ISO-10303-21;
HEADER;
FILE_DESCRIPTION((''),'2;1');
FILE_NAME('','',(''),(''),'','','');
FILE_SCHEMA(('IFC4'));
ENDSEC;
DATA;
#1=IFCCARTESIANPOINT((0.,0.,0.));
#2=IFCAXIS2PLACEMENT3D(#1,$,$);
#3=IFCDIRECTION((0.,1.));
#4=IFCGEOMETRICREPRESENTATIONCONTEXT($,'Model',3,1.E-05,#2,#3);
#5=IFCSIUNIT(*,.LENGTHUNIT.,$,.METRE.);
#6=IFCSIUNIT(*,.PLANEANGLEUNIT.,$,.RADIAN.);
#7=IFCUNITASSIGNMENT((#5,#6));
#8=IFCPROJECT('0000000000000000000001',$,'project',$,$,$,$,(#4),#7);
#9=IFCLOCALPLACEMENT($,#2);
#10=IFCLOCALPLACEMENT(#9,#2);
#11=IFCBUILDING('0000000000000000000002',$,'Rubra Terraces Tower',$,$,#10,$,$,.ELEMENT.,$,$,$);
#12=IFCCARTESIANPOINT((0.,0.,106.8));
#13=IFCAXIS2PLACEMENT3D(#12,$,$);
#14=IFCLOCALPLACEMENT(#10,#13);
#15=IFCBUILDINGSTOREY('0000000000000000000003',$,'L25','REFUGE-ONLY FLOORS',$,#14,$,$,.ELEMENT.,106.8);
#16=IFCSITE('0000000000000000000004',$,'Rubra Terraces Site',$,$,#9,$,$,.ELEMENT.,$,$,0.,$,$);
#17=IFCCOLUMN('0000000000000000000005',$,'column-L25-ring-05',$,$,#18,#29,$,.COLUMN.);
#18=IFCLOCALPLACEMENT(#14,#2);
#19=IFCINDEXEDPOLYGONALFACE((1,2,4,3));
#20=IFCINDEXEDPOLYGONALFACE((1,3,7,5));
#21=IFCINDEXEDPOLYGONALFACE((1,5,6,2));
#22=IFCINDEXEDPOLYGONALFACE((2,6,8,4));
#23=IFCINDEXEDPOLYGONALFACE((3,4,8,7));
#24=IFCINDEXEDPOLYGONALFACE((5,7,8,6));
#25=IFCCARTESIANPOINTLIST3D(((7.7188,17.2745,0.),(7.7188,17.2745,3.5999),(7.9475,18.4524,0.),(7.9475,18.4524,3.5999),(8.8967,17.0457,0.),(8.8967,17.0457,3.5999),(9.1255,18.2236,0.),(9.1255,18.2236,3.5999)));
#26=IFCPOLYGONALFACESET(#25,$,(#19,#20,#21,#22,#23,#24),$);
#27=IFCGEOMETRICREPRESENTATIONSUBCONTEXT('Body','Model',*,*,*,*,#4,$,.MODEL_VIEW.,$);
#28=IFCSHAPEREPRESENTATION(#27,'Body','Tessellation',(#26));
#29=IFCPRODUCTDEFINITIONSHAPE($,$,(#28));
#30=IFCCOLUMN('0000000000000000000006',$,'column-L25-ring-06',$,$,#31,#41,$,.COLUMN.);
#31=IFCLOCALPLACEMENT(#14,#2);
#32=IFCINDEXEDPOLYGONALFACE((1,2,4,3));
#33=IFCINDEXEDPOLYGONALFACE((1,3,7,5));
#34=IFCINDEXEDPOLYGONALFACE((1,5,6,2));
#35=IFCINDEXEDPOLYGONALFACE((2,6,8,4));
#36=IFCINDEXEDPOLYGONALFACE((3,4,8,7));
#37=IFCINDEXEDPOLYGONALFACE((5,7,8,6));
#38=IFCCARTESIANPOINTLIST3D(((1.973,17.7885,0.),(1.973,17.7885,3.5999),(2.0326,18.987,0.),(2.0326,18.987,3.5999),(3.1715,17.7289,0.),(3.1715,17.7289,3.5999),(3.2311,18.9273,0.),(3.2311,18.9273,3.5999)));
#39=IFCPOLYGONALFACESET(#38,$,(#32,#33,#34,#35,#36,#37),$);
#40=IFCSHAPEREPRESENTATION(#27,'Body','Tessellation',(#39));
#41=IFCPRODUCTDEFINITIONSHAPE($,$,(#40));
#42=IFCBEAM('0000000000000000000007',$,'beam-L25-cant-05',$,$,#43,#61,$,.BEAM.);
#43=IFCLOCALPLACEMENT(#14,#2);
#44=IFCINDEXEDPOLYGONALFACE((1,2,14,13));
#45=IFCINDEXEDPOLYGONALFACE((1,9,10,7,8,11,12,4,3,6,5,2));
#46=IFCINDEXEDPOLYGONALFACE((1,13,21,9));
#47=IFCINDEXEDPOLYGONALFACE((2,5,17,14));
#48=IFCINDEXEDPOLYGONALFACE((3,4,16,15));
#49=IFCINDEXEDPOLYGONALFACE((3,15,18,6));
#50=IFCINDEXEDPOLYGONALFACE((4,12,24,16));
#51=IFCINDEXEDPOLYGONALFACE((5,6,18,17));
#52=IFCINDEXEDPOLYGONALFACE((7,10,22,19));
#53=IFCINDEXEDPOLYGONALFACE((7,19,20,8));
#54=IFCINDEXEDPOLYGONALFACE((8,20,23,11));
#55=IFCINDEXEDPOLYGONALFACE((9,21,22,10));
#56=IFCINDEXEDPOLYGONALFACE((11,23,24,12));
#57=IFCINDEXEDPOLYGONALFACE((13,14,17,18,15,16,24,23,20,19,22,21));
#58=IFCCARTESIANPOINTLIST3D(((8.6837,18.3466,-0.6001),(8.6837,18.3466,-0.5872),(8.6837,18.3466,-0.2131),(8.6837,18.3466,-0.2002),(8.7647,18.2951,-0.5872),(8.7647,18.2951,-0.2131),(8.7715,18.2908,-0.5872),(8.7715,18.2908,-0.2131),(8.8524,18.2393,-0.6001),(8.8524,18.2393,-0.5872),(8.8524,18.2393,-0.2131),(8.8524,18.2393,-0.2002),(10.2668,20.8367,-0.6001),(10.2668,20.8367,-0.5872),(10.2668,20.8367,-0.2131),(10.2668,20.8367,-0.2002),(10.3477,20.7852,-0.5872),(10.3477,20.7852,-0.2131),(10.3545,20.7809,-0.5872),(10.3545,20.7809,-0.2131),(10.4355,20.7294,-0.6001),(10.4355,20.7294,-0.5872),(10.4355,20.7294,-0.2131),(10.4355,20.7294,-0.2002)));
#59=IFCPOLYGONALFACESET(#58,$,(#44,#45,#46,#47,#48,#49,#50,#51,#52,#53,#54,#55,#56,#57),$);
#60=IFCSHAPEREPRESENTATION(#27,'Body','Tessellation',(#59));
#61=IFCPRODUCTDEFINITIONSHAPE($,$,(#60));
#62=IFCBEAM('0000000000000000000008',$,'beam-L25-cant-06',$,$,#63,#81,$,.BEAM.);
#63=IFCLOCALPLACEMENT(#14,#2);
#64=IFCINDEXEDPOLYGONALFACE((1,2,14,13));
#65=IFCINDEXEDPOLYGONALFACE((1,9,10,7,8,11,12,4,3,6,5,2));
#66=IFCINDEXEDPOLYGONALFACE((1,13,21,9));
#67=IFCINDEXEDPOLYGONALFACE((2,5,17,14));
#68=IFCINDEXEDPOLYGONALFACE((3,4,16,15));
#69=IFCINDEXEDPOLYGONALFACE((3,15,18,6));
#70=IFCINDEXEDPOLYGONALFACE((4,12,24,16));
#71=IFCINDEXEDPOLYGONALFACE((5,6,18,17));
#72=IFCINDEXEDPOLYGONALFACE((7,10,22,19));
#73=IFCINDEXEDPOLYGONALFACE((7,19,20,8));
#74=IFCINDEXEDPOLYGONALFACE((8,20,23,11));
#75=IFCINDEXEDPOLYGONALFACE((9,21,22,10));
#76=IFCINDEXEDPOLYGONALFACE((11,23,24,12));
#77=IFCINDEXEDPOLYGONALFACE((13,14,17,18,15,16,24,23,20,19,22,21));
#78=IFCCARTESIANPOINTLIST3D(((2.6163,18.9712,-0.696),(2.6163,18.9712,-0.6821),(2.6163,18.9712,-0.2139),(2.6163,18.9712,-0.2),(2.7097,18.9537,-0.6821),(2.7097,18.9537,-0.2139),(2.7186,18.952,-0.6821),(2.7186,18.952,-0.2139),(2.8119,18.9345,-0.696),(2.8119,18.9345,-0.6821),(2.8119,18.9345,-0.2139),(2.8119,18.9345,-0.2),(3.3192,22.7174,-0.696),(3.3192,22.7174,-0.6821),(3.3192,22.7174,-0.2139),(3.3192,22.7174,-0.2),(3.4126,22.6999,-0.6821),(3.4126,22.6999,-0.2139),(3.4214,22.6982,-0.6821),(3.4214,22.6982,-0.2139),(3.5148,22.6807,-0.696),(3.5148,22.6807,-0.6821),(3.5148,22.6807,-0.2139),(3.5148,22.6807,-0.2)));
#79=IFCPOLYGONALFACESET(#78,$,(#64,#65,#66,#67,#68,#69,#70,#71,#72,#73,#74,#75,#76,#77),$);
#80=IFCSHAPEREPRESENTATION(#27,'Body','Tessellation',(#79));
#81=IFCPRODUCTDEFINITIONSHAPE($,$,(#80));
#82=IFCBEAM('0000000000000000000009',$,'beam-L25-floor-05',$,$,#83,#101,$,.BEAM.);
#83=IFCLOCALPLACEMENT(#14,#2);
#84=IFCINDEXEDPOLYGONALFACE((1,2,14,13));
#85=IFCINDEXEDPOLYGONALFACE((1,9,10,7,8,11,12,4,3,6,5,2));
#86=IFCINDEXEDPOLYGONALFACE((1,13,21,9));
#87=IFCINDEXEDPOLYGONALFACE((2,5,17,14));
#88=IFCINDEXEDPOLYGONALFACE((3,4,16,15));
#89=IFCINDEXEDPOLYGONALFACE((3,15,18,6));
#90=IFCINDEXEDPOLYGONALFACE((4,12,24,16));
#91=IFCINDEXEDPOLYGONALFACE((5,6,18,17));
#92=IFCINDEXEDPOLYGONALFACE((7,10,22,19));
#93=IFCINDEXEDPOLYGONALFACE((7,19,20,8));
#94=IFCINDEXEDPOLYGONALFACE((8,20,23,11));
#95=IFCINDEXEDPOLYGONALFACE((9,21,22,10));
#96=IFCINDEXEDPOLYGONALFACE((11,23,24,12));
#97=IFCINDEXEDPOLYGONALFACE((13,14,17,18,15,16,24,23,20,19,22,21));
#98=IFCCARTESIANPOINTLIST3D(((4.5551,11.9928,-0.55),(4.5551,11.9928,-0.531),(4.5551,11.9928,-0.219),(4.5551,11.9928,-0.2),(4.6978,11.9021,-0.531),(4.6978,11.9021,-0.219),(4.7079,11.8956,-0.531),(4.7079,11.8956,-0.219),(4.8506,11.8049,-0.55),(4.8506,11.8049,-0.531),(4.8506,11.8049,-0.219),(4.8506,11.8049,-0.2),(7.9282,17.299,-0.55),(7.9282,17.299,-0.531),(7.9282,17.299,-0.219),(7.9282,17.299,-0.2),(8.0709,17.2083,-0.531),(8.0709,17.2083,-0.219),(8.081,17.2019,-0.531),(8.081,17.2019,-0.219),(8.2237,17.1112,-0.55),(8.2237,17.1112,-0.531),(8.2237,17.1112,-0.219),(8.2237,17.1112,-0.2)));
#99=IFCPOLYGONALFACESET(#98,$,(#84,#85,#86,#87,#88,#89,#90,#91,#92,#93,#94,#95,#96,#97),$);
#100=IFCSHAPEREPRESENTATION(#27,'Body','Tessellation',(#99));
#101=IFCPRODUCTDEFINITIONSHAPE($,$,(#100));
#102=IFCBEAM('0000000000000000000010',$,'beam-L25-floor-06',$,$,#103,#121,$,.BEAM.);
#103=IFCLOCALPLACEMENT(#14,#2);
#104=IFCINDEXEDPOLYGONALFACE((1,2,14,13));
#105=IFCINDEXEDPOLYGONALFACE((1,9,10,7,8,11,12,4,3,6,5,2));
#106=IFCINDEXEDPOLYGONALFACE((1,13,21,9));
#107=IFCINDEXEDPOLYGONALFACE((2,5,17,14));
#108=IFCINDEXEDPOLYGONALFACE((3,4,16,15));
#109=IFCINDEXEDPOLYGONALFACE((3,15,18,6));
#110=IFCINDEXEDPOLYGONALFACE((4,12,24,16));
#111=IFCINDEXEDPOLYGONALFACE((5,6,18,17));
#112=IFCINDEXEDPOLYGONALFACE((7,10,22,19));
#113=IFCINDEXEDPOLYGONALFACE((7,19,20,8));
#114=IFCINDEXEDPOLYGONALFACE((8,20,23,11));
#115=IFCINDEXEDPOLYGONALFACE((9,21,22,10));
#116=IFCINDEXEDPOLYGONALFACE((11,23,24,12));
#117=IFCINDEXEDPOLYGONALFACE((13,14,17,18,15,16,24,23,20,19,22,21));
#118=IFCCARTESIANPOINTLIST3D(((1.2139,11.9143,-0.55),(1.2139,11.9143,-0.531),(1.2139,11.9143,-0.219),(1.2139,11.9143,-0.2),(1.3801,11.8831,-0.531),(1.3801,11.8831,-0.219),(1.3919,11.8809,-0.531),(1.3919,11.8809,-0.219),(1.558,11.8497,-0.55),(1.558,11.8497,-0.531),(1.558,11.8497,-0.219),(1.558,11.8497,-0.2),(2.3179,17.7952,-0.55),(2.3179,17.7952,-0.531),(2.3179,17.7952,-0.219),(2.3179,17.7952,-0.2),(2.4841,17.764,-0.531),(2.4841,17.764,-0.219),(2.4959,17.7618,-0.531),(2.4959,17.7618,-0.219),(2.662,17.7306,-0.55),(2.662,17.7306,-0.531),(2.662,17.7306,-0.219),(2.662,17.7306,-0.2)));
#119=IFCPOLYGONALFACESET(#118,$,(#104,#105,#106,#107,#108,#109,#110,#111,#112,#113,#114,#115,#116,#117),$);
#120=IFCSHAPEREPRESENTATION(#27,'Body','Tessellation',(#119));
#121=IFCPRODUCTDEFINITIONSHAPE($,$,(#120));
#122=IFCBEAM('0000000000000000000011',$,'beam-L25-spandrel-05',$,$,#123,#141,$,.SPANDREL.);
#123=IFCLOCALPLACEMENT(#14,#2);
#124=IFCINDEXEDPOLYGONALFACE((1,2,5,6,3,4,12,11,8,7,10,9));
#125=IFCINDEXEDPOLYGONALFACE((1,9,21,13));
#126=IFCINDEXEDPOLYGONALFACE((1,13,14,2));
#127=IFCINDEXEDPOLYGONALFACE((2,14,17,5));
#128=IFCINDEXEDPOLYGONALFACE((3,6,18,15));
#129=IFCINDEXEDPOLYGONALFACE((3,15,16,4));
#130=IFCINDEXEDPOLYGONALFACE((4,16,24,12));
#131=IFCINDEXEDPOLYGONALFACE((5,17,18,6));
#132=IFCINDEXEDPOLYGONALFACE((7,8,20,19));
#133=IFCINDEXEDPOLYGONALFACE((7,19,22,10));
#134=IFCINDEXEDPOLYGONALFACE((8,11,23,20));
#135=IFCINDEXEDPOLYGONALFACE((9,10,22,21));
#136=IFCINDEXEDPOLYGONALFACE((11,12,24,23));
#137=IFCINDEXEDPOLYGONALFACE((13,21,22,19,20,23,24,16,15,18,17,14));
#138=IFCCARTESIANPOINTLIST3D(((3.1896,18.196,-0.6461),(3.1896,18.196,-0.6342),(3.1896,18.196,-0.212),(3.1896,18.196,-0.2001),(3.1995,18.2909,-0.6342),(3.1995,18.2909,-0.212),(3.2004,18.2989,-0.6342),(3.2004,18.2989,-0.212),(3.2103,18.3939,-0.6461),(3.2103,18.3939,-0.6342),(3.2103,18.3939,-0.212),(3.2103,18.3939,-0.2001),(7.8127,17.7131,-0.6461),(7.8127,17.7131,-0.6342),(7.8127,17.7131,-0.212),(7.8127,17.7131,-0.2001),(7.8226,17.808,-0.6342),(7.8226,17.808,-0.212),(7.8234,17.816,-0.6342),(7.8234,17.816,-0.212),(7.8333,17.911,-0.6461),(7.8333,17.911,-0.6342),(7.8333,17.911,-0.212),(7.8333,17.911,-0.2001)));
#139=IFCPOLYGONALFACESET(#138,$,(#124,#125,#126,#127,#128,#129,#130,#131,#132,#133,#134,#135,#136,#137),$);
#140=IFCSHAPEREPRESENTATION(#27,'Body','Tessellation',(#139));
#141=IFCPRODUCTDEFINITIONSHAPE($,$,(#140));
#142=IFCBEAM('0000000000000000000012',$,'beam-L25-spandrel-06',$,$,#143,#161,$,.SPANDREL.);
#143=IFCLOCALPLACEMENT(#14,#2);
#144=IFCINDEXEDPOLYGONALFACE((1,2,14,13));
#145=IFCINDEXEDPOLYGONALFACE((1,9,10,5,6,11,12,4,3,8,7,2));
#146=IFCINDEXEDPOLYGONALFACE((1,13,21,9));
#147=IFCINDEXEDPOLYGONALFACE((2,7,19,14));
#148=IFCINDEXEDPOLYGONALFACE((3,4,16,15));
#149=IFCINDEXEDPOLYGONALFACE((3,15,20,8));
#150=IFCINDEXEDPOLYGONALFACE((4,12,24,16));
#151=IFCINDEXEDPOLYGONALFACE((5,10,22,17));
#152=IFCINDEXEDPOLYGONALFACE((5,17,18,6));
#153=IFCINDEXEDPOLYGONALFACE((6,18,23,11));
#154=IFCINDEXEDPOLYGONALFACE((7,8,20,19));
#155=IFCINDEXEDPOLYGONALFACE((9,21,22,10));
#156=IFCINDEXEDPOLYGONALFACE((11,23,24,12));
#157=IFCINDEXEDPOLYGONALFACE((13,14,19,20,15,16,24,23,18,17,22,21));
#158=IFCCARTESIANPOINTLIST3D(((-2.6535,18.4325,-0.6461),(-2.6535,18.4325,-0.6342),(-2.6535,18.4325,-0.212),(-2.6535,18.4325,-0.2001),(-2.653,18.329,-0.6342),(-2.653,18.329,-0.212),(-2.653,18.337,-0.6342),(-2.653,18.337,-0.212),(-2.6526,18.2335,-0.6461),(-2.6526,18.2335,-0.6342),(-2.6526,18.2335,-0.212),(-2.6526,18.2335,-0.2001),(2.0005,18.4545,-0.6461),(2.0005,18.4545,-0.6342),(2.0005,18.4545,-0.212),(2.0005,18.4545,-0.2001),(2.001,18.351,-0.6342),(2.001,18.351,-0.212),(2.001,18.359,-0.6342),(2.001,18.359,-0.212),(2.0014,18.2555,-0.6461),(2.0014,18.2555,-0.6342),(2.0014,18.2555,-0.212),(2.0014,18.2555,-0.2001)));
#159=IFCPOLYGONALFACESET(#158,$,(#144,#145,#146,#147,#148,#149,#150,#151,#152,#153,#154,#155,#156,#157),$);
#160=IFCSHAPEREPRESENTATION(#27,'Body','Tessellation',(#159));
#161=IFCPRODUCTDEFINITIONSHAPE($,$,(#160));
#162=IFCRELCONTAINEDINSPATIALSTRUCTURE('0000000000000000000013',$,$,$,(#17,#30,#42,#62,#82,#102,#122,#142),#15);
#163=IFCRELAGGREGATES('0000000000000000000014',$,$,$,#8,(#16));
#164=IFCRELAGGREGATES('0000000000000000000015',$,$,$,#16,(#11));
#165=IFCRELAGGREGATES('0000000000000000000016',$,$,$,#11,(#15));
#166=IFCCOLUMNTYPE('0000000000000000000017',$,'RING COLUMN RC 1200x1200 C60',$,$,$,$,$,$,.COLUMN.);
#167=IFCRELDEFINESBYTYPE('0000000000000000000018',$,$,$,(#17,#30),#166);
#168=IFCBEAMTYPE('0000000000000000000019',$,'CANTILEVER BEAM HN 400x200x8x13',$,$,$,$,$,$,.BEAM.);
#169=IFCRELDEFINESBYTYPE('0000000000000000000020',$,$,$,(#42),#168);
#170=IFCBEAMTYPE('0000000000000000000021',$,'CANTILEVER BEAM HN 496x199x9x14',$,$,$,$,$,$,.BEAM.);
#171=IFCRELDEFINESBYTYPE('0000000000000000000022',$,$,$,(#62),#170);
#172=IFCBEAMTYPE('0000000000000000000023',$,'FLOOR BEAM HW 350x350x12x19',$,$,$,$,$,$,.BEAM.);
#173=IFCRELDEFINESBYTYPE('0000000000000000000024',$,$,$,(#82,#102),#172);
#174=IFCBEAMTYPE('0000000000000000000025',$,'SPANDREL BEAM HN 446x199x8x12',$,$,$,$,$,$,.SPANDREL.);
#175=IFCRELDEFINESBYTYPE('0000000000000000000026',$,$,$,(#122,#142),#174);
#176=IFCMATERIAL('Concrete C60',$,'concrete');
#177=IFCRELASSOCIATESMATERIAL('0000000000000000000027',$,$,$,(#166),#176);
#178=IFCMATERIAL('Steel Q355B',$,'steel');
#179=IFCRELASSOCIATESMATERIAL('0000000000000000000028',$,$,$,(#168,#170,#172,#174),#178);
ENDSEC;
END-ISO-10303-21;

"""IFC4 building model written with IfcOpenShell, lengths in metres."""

from ifc_helpers import new_model, si_unit, direction, frame, origin, origin_2d, place, context, subcontext, project, spatial, rectangle, i_section, extrude, material, material_profile, profile_set, type_object, element, save


model = new_model("IFC4")

# Units and contexts
model_context = context("Model", 3, precision=1e-05, world=origin(), true_north=direction((0.0, 1.0)))
body_context = subcontext(model_context, "Body", "Model", "MODEL_VIEW")
ifc_project = project(units=[si_unit("LENGTHUNIT", "METRE"), si_unit("PLANEANGLEUNIT", "RADIAN")], contexts=[model_context])

# Site, building, storey
site_placement = place(None, origin())
site = spatial("IfcSite", under=ifc_project, at=site_placement, Name="Rubra Terraces Site", CompositionType="ELEMENT", RefElevation=0.0)
building_placement = place(site_placement, origin())
building = spatial("IfcBuilding", under=site, at=building_placement, Name="Rubra Terraces Tower", CompositionType="ELEMENT")
storey_placement = place(building_placement, frame((0.0, 0.0, 106.8)))
storey = spatial("IfcBuildingStorey", under=building, at=storey_placement, Name="L25", Description="REFUGE-ONLY FLOORS", CompositionType="ELEMENT", Elevation=106.8)

# Columns
ifc_material_1 = material(Name="Concrete C60", Category="concrete")
ifc_material_profile_1 = material_profile(ifc_material_1, rectangle(XDim=1.2, YDim=1.2, at=origin_2d()), Name="RC 1200x1200")
ifc_profile_set_1 = profile_set([ifc_material_profile_1], Name="Concrete C60")
column_type = type_object("IfcColumnType", Name="RING COLUMN RC 1200x1200 C60", PredefinedType="COLUMN", material=ifc_profile_set_1)
for number, where, z_axis, x_axis, name in (
    (1, (8.4221, 17.749, 0.0), (0.0, 0.0, 1.0), (-0.981655, 0.190668, 0.0), "column-L25-ring-05"),
    (2, (2.6021, 18.3579, 0.0), (0.0, 0.0, 1.0), (-0.998764, 0.049699, 0.0), "column-L25-ring-06"),
):
    element("IfcColumn", number, at=place(storey_placement, frame(where, z_axis=z_axis, x_axis=x_axis)), inside=storey, type_object=column_type, Name=name, PredefinedType="COLUMN", context=body_context, shape_type="SweptSolid", body=[
        extrude(rectangle(XDim=1.2, YDim=1.2, at=origin_2d()), origin(), (0.0, 0.0, 1.0), 3.5999),
    ])

# Beams
ifc_material_2 = material(Name="Steel Q355B", Category="steel")
ifc_material_profile_2 = material_profile(ifc_material_2, i_section(OverallWidth=0.2, OverallDepth=0.3999, WebThickness=0.0081, FlangeThickness=0.0129, at=origin_2d()), Name="HN 400x200x8x13")
ifc_profile_set_2 = profile_set([ifc_material_profile_2], Name="Steel Q355B")
beam_type_1 = type_object("IfcBeamType", Name="CANTILEVER BEAM HN 400x200x8x13", PredefinedType="BEAM", material=ifc_profile_set_2)
beam_1_placement = place(storey_placement, frame((8.7681, 18.293, -0.4001), z_axis=(0.536506, 0.843896, 0.0), x_axis=(-0.843896, 0.536506, 0.0)))
element("IfcBeam", 3, at=beam_1_placement, inside=storey, type_object=beam_type_1, Name="beam-L25-cant-05", PredefinedType="BEAM", context=body_context, shape_type="SweptSolid", body=[
    extrude(i_section(OverallWidth=0.2, OverallDepth=0.3999, WebThickness=0.0081, FlangeThickness=0.0129, at=origin_2d()), origin(), (0.0, 0.0, 1.0), 2.9507),
])
ifc_material_profile_3 = material_profile(ifc_material_2, i_section(OverallWidth=0.199, OverallDepth=0.4961, WebThickness=0.009, FlangeThickness=0.0139, at=origin_2d()), Name="HN 496x199x9x14")
ifc_profile_set_3 = profile_set([ifc_material_profile_3], Name="Steel Q355B")
beam_type_2 = type_object("IfcBeamType", Name="CANTILEVER BEAM HN 496x199x9x14", PredefinedType="BEAM", material=ifc_profile_set_3)
beam_2_placement = place(storey_placement, frame((2.7141, 18.9529, -0.448), z_axis=(0.184412, 0.982849, 0.0), x_axis=(-0.982849, 0.184412, 0.0)))
element("IfcBeam", 4, at=beam_2_placement, inside=storey, type_object=beam_type_2, Name="beam-L25-cant-06", PredefinedType="BEAM", context=body_context, shape_type="SweptSolid", body=[
    extrude(i_section(OverallWidth=0.199, OverallDepth=0.4961, WebThickness=0.009, FlangeThickness=0.0139, at=origin_2d()), origin(), (0.0, 0.0, 1.0), 3.8115),
])
ifc_material_profile_4 = material_profile(ifc_material_2, i_section(OverallWidth=0.3501, OverallDepth=0.3501, WebThickness=0.012, FlangeThickness=0.019, at=origin_2d()), Name="HW 350x350x12x19")
ifc_profile_set_4 = profile_set([ifc_material_profile_4], Name="Steel Q355B")
beam_type_3 = type_object("IfcBeamType", Name="FLOOR BEAM HW 350x350x12x19", PredefinedType="BEAM", material=ifc_profile_set_4)
beam_3_placement = place(storey_placement, frame((8.0759, 17.2051, -0.375), z_axis=(-0.536468, -0.84392, 0.0), x_axis=(0.84392, -0.536468, 0.0)))
element("IfcBeam", 5, at=beam_3_placement, inside=storey, type_object=beam_type_3, Name="beam-L25-floor-05", PredefinedType="BEAM", context=body_context, shape_type="SweptSolid", body=[
    extrude(i_section(OverallWidth=0.3501, OverallDepth=0.3501, WebThickness=0.012, FlangeThickness=0.019, at=origin_2d()), origin(), (0.0, 0.0, 1.0), 6.2876),
])
beam_4_placement = place(storey_placement, frame((2.49, 17.7629, -0.375), z_axis=(-0.184505, -0.982832, 0.0), x_axis=(0.982832, -0.184505, 0.0)))
element("IfcBeam", 6, at=beam_4_placement, inside=storey, type_object=beam_type_3, Name="beam-L25-floor-06", PredefinedType="BEAM", context=body_context, shape_type="SweptSolid", body=[
    extrude(i_section(OverallWidth=0.3501, OverallDepth=0.3501, WebThickness=0.012, FlangeThickness=0.019, at=origin_2d()), origin(), (0.0, 0.0, 1.0), 5.9836),
])
ifc_material_profile_5 = material_profile(ifc_material_2, i_section(OverallWidth=0.199, OverallDepth=0.446, WebThickness=0.0081, FlangeThickness=0.012, at=origin_2d()), Name="HN 446x199x8x12")
ifc_profile_set_5 = profile_set([ifc_material_profile_5], Name="Steel Q355B")
beam_type_4 = type_object("IfcBeamType", Name="SPANDREL BEAM HN 446x199x8x12", PredefinedType="SPANDREL", material=ifc_profile_set_5)
beam_5_placement = place(storey_placement, frame((7.823, 17.812, -0.4231), z_axis=(-0.994589, 0.103892, 0.0), x_axis=(-0.103892, -0.994589, 0.0)))
element("IfcBeam", 7, at=beam_5_placement, inside=storey, type_object=beam_type_4, Name="beam-L25-spandrel-05", PredefinedType="SPANDREL", context=body_context, shape_type="SweptSolid", body=[
    extrude(i_section(OverallWidth=0.199, OverallDepth=0.446, WebThickness=0.0081, FlangeThickness=0.012, at=origin_2d()), origin(), (0.0, 0.0, 1.0), 4.6482),
])
beam_6_placement = place(storey_placement, frame((2.001, 18.355, -0.4231), z_axis=(-0.999989, -0.004721, 0.0), x_axis=(0.004721, -0.999989, 0.0)))
element("IfcBeam", 8, at=beam_6_placement, inside=storey, type_object=beam_type_4, Name="beam-L25-spandrel-06", PredefinedType="SPANDREL", context=body_context, shape_type="SweptSolid", body=[
    extrude(i_section(OverallWidth=0.199, OverallDepth=0.446, WebThickness=0.0081, FlangeThickness=0.012, at=origin_2d()), origin(), (0.0, 0.0, 1.0), 4.6541),
])

save(model, "model.ifc")
